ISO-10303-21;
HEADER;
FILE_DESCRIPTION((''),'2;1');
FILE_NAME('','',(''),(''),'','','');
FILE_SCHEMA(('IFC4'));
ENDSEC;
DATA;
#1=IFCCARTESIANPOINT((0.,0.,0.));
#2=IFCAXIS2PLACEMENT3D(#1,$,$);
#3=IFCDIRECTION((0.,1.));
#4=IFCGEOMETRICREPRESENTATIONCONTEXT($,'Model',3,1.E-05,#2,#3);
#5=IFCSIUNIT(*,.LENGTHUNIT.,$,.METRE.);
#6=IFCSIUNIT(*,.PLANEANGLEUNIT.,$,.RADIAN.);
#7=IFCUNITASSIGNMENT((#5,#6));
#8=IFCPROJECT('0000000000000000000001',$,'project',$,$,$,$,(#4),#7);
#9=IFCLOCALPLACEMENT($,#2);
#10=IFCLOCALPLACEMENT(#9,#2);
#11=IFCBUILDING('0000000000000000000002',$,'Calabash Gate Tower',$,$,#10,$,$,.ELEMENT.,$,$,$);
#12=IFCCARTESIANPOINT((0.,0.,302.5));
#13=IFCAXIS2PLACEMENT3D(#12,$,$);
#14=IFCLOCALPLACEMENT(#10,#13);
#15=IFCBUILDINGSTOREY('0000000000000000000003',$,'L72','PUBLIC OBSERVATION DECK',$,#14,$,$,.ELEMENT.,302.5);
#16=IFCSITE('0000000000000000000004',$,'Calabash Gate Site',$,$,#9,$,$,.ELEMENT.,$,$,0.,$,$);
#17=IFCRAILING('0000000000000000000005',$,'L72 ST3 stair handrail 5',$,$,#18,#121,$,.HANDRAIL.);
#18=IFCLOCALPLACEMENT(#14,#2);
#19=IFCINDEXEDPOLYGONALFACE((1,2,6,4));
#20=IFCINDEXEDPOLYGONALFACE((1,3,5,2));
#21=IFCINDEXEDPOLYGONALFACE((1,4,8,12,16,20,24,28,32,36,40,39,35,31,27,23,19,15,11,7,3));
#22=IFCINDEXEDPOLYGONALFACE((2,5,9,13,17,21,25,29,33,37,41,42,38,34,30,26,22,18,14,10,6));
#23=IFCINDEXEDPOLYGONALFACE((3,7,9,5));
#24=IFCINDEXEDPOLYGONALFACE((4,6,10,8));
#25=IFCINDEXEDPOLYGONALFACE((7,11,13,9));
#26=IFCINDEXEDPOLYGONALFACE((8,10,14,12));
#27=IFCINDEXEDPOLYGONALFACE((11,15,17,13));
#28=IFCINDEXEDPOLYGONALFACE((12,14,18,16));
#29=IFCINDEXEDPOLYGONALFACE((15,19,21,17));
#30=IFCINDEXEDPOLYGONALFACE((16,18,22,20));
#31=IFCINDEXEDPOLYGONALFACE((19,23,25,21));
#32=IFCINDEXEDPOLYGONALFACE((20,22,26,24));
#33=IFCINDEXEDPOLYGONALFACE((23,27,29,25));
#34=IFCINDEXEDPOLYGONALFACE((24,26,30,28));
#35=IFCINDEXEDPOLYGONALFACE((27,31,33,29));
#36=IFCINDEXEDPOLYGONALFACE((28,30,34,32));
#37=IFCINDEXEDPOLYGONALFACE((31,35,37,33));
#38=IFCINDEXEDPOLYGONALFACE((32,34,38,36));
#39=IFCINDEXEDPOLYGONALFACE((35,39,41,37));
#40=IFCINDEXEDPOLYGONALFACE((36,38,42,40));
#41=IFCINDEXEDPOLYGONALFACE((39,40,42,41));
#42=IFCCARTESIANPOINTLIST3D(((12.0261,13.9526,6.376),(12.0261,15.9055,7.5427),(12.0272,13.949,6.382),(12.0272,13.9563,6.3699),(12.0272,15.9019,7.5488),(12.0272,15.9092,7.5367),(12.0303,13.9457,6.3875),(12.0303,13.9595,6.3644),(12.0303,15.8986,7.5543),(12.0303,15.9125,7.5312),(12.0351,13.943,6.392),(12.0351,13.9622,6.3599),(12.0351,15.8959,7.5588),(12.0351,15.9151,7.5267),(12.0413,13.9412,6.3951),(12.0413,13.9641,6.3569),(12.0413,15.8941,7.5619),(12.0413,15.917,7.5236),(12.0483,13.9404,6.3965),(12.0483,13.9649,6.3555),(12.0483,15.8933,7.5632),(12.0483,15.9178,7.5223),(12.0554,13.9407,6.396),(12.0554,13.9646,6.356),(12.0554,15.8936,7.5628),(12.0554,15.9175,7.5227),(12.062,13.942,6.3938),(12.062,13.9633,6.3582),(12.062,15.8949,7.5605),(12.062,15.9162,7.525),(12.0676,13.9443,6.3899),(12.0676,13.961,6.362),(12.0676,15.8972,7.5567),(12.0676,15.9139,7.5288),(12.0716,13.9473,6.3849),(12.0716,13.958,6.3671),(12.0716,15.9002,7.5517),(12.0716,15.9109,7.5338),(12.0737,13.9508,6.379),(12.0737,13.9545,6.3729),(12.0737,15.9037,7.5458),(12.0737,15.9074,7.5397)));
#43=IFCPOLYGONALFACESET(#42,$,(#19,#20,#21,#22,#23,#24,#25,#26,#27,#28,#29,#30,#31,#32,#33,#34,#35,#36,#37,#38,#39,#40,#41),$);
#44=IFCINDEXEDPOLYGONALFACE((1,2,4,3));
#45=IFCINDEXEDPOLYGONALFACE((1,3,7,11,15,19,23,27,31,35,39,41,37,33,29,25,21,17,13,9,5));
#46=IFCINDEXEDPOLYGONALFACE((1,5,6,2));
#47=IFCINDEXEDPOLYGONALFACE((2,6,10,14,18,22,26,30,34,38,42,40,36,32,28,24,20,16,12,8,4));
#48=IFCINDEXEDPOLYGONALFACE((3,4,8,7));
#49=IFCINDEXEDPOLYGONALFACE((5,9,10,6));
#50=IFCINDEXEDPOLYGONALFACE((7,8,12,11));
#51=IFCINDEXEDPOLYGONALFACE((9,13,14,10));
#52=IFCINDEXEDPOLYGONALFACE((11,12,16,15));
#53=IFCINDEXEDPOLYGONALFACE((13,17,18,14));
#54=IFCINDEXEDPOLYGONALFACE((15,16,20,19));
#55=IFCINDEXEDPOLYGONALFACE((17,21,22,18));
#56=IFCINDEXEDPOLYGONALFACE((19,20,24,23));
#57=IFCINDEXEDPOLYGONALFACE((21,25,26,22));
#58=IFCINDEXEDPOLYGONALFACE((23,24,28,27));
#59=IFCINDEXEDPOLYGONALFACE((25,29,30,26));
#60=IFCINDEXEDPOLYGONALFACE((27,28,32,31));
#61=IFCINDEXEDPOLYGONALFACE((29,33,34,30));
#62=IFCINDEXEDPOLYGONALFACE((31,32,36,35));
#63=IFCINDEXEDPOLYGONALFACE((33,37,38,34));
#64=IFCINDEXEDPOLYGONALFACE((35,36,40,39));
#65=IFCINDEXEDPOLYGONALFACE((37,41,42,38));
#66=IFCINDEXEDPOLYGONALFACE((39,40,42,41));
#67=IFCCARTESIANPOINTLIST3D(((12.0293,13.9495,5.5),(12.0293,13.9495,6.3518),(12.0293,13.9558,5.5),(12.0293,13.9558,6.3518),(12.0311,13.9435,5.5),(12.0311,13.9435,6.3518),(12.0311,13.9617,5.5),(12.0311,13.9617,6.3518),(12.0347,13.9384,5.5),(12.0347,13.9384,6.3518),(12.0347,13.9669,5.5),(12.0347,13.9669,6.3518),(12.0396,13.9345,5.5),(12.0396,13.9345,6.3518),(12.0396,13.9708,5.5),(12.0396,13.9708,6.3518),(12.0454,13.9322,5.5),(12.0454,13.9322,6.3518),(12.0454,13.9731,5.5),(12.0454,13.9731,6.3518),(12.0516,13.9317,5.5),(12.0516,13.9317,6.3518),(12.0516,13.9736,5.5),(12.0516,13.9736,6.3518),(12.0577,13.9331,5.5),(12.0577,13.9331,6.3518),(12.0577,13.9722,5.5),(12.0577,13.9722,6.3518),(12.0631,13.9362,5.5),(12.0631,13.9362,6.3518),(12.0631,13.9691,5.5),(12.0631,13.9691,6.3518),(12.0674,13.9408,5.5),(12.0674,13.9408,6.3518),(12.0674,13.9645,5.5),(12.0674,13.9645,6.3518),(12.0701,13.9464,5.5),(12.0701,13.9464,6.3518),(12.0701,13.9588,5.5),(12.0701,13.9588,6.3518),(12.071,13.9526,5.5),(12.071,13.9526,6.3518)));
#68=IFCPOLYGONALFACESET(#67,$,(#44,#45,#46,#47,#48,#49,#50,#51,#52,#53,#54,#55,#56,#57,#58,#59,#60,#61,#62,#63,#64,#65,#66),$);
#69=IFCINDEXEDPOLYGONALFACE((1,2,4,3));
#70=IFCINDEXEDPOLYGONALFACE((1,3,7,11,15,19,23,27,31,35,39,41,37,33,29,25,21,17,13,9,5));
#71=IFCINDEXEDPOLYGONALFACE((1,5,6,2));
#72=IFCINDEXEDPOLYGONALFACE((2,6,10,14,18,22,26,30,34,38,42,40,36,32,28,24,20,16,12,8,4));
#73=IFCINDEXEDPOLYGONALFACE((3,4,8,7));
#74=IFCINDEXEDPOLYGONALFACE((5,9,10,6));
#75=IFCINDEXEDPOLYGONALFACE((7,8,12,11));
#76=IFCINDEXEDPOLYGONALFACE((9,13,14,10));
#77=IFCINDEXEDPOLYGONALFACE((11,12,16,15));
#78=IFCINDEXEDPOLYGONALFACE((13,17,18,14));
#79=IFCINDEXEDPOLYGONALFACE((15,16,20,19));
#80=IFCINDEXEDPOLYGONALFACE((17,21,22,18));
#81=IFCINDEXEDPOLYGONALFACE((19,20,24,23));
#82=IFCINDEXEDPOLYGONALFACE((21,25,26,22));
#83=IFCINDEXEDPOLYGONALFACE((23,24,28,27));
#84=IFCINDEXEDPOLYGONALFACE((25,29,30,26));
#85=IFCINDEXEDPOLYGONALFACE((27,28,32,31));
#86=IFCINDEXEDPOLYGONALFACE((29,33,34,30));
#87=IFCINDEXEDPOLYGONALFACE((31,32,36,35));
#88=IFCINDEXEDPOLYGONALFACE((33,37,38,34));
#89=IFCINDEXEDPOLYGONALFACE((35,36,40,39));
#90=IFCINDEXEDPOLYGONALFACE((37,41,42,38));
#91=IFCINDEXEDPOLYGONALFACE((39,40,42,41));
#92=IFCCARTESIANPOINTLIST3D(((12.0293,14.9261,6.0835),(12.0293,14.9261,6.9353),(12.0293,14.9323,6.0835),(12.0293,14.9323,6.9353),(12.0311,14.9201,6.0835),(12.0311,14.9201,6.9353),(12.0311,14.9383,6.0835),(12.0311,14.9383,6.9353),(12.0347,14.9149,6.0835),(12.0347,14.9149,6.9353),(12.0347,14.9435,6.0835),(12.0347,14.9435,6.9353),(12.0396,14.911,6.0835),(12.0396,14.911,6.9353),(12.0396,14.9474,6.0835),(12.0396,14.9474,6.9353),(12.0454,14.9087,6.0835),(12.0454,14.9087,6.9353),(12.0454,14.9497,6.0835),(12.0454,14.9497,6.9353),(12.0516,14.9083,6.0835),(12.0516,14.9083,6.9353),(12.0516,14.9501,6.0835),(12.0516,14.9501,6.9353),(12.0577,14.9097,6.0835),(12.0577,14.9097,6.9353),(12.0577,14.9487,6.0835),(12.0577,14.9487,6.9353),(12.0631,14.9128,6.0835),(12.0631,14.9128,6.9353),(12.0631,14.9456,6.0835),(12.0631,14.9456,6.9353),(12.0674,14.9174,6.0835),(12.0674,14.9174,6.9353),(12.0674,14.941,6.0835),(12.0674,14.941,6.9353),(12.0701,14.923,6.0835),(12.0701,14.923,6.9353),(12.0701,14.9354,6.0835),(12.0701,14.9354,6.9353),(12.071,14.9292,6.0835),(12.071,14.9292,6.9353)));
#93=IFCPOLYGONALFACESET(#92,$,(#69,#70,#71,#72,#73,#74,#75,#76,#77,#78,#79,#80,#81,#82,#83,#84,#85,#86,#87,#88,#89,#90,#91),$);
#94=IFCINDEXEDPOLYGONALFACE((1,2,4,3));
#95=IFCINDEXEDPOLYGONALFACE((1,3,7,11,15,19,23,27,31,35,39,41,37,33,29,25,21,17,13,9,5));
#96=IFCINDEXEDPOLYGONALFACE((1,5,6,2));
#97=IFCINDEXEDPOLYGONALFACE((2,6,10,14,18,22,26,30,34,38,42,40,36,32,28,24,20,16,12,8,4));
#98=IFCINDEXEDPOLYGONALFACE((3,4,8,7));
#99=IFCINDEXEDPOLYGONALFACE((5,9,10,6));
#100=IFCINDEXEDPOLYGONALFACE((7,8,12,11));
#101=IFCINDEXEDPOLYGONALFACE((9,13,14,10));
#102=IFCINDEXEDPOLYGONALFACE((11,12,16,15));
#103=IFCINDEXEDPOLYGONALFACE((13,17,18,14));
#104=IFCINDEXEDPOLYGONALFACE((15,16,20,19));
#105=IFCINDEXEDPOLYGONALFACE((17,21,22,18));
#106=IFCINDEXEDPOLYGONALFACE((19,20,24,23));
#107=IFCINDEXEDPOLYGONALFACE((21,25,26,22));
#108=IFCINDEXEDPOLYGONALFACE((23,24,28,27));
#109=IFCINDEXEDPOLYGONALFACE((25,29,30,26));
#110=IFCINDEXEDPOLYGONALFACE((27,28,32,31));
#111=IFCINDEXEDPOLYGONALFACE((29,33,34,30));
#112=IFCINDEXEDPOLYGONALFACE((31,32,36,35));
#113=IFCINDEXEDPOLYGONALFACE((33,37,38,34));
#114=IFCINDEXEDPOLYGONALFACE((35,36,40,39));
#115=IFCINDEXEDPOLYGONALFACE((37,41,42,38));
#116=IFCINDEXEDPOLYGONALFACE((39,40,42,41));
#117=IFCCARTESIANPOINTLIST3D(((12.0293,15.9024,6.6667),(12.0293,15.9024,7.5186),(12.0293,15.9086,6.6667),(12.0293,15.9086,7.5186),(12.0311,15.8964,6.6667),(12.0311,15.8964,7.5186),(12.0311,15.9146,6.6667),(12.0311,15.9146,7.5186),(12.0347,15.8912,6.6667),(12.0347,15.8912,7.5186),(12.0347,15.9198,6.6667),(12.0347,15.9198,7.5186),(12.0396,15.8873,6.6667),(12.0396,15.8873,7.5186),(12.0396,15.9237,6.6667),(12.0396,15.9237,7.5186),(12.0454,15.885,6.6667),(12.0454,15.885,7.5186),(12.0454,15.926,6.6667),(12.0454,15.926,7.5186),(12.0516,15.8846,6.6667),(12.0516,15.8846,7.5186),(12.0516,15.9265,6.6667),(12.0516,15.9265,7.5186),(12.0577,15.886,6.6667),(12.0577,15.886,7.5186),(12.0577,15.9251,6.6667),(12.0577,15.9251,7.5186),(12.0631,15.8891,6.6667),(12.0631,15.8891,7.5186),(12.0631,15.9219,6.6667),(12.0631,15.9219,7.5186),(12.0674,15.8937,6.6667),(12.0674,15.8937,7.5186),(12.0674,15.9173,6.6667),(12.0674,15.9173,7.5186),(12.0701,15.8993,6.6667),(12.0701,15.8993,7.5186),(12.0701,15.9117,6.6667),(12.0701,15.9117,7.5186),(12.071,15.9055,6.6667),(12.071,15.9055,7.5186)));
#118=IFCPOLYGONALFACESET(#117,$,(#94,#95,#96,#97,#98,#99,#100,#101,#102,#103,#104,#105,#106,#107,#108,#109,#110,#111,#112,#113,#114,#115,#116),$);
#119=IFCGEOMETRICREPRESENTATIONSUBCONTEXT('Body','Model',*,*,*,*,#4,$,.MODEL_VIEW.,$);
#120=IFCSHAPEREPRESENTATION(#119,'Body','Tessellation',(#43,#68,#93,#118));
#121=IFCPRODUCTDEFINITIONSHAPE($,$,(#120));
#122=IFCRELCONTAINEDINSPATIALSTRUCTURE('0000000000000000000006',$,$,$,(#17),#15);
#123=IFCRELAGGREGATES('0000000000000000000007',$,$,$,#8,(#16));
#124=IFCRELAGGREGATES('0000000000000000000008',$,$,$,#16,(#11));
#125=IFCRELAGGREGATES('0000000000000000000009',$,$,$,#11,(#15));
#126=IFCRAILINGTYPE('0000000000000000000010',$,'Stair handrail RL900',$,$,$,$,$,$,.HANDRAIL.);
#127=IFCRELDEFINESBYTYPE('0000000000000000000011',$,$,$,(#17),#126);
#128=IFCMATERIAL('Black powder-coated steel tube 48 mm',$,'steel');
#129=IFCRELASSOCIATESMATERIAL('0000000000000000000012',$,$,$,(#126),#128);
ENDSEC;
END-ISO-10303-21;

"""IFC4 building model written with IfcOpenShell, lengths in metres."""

from ifc_helpers import new_model, si_unit, direction, frame, origin, origin_2d, place, context, subcontext, project, spatial, circle, extrude, material, type_object, element, save


model = new_model("IFC4")

# Units and contexts
model_context = context("Model", 3, precision=1e-05, world=origin(), true_north=direction((0.0, 1.0)))
body_context = subcontext(model_context, "Body", "Model", "MODEL_VIEW")
ifc_project = project(units=[si_unit("LENGTHUNIT", "METRE"), si_unit("PLANEANGLEUNIT", "RADIAN")], contexts=[model_context])

# Site, building, storey
site_placement = place(None, origin())
site = spatial("IfcSite", under=ifc_project, at=site_placement, Name="Calabash Gate Site", CompositionType="ELEMENT", RefElevation=0.0)
building_placement = place(site_placement, origin())
building = spatial("IfcBuilding", under=site, at=building_placement, Name="Calabash Gate Tower", CompositionType="ELEMENT")
storey_placement = place(building_placement, frame((0.0, 0.0, 302.5)))
storey = spatial("IfcBuildingStorey", under=building, at=storey_placement, Name="L72", Description="PUBLIC OBSERVATION DECK", CompositionType="ELEMENT", Elevation=302.5)

# Railing
ifc_material_1 = material(Name="Black powder-coated steel tube 48 mm", Category="steel")
railing_type_1 = type_object("IfcRailingType", Name="Stair handrail RL900", PredefinedType="HANDRAIL", material=ifc_material_1)
railing_1_placement = place(storey_placement, frame((12.05, 13.9526, 5.5)))
element("IfcRailing", 1, at=railing_1_placement, inside=storey, type_object=railing_type_1, Name="L72 ST3 stair handrail 5", PredefinedType="HANDRAIL", context=body_context, shape_type="SweptSolid", body=[
    extrude(circle(Radius=0.0239, at=origin_2d()), frame((0.0, 0.0, 0.876), z_axis=(0.0, 0.858457, 0.512885), x_axis=(-1.0, 0.0, 0.0)), (0.0, 0.0, 1.0), 2.2749),
    extrude(circle(Radius=0.021, at=origin_2d()), origin(), (0.0, 0.0, 1.0), 0.8518),
    extrude(circle(Radius=0.021, at=origin_2d()), frame((0.0, 0.9766, 0.5835)), (0.0, 0.0, 1.0), 0.8518),
    extrude(circle(Radius=0.021, at=origin_2d()), frame((0.0, 1.9529, 1.1667)), (0.0, 0.0, 1.0), 0.8518),
])

save(model, "model.ifc")
